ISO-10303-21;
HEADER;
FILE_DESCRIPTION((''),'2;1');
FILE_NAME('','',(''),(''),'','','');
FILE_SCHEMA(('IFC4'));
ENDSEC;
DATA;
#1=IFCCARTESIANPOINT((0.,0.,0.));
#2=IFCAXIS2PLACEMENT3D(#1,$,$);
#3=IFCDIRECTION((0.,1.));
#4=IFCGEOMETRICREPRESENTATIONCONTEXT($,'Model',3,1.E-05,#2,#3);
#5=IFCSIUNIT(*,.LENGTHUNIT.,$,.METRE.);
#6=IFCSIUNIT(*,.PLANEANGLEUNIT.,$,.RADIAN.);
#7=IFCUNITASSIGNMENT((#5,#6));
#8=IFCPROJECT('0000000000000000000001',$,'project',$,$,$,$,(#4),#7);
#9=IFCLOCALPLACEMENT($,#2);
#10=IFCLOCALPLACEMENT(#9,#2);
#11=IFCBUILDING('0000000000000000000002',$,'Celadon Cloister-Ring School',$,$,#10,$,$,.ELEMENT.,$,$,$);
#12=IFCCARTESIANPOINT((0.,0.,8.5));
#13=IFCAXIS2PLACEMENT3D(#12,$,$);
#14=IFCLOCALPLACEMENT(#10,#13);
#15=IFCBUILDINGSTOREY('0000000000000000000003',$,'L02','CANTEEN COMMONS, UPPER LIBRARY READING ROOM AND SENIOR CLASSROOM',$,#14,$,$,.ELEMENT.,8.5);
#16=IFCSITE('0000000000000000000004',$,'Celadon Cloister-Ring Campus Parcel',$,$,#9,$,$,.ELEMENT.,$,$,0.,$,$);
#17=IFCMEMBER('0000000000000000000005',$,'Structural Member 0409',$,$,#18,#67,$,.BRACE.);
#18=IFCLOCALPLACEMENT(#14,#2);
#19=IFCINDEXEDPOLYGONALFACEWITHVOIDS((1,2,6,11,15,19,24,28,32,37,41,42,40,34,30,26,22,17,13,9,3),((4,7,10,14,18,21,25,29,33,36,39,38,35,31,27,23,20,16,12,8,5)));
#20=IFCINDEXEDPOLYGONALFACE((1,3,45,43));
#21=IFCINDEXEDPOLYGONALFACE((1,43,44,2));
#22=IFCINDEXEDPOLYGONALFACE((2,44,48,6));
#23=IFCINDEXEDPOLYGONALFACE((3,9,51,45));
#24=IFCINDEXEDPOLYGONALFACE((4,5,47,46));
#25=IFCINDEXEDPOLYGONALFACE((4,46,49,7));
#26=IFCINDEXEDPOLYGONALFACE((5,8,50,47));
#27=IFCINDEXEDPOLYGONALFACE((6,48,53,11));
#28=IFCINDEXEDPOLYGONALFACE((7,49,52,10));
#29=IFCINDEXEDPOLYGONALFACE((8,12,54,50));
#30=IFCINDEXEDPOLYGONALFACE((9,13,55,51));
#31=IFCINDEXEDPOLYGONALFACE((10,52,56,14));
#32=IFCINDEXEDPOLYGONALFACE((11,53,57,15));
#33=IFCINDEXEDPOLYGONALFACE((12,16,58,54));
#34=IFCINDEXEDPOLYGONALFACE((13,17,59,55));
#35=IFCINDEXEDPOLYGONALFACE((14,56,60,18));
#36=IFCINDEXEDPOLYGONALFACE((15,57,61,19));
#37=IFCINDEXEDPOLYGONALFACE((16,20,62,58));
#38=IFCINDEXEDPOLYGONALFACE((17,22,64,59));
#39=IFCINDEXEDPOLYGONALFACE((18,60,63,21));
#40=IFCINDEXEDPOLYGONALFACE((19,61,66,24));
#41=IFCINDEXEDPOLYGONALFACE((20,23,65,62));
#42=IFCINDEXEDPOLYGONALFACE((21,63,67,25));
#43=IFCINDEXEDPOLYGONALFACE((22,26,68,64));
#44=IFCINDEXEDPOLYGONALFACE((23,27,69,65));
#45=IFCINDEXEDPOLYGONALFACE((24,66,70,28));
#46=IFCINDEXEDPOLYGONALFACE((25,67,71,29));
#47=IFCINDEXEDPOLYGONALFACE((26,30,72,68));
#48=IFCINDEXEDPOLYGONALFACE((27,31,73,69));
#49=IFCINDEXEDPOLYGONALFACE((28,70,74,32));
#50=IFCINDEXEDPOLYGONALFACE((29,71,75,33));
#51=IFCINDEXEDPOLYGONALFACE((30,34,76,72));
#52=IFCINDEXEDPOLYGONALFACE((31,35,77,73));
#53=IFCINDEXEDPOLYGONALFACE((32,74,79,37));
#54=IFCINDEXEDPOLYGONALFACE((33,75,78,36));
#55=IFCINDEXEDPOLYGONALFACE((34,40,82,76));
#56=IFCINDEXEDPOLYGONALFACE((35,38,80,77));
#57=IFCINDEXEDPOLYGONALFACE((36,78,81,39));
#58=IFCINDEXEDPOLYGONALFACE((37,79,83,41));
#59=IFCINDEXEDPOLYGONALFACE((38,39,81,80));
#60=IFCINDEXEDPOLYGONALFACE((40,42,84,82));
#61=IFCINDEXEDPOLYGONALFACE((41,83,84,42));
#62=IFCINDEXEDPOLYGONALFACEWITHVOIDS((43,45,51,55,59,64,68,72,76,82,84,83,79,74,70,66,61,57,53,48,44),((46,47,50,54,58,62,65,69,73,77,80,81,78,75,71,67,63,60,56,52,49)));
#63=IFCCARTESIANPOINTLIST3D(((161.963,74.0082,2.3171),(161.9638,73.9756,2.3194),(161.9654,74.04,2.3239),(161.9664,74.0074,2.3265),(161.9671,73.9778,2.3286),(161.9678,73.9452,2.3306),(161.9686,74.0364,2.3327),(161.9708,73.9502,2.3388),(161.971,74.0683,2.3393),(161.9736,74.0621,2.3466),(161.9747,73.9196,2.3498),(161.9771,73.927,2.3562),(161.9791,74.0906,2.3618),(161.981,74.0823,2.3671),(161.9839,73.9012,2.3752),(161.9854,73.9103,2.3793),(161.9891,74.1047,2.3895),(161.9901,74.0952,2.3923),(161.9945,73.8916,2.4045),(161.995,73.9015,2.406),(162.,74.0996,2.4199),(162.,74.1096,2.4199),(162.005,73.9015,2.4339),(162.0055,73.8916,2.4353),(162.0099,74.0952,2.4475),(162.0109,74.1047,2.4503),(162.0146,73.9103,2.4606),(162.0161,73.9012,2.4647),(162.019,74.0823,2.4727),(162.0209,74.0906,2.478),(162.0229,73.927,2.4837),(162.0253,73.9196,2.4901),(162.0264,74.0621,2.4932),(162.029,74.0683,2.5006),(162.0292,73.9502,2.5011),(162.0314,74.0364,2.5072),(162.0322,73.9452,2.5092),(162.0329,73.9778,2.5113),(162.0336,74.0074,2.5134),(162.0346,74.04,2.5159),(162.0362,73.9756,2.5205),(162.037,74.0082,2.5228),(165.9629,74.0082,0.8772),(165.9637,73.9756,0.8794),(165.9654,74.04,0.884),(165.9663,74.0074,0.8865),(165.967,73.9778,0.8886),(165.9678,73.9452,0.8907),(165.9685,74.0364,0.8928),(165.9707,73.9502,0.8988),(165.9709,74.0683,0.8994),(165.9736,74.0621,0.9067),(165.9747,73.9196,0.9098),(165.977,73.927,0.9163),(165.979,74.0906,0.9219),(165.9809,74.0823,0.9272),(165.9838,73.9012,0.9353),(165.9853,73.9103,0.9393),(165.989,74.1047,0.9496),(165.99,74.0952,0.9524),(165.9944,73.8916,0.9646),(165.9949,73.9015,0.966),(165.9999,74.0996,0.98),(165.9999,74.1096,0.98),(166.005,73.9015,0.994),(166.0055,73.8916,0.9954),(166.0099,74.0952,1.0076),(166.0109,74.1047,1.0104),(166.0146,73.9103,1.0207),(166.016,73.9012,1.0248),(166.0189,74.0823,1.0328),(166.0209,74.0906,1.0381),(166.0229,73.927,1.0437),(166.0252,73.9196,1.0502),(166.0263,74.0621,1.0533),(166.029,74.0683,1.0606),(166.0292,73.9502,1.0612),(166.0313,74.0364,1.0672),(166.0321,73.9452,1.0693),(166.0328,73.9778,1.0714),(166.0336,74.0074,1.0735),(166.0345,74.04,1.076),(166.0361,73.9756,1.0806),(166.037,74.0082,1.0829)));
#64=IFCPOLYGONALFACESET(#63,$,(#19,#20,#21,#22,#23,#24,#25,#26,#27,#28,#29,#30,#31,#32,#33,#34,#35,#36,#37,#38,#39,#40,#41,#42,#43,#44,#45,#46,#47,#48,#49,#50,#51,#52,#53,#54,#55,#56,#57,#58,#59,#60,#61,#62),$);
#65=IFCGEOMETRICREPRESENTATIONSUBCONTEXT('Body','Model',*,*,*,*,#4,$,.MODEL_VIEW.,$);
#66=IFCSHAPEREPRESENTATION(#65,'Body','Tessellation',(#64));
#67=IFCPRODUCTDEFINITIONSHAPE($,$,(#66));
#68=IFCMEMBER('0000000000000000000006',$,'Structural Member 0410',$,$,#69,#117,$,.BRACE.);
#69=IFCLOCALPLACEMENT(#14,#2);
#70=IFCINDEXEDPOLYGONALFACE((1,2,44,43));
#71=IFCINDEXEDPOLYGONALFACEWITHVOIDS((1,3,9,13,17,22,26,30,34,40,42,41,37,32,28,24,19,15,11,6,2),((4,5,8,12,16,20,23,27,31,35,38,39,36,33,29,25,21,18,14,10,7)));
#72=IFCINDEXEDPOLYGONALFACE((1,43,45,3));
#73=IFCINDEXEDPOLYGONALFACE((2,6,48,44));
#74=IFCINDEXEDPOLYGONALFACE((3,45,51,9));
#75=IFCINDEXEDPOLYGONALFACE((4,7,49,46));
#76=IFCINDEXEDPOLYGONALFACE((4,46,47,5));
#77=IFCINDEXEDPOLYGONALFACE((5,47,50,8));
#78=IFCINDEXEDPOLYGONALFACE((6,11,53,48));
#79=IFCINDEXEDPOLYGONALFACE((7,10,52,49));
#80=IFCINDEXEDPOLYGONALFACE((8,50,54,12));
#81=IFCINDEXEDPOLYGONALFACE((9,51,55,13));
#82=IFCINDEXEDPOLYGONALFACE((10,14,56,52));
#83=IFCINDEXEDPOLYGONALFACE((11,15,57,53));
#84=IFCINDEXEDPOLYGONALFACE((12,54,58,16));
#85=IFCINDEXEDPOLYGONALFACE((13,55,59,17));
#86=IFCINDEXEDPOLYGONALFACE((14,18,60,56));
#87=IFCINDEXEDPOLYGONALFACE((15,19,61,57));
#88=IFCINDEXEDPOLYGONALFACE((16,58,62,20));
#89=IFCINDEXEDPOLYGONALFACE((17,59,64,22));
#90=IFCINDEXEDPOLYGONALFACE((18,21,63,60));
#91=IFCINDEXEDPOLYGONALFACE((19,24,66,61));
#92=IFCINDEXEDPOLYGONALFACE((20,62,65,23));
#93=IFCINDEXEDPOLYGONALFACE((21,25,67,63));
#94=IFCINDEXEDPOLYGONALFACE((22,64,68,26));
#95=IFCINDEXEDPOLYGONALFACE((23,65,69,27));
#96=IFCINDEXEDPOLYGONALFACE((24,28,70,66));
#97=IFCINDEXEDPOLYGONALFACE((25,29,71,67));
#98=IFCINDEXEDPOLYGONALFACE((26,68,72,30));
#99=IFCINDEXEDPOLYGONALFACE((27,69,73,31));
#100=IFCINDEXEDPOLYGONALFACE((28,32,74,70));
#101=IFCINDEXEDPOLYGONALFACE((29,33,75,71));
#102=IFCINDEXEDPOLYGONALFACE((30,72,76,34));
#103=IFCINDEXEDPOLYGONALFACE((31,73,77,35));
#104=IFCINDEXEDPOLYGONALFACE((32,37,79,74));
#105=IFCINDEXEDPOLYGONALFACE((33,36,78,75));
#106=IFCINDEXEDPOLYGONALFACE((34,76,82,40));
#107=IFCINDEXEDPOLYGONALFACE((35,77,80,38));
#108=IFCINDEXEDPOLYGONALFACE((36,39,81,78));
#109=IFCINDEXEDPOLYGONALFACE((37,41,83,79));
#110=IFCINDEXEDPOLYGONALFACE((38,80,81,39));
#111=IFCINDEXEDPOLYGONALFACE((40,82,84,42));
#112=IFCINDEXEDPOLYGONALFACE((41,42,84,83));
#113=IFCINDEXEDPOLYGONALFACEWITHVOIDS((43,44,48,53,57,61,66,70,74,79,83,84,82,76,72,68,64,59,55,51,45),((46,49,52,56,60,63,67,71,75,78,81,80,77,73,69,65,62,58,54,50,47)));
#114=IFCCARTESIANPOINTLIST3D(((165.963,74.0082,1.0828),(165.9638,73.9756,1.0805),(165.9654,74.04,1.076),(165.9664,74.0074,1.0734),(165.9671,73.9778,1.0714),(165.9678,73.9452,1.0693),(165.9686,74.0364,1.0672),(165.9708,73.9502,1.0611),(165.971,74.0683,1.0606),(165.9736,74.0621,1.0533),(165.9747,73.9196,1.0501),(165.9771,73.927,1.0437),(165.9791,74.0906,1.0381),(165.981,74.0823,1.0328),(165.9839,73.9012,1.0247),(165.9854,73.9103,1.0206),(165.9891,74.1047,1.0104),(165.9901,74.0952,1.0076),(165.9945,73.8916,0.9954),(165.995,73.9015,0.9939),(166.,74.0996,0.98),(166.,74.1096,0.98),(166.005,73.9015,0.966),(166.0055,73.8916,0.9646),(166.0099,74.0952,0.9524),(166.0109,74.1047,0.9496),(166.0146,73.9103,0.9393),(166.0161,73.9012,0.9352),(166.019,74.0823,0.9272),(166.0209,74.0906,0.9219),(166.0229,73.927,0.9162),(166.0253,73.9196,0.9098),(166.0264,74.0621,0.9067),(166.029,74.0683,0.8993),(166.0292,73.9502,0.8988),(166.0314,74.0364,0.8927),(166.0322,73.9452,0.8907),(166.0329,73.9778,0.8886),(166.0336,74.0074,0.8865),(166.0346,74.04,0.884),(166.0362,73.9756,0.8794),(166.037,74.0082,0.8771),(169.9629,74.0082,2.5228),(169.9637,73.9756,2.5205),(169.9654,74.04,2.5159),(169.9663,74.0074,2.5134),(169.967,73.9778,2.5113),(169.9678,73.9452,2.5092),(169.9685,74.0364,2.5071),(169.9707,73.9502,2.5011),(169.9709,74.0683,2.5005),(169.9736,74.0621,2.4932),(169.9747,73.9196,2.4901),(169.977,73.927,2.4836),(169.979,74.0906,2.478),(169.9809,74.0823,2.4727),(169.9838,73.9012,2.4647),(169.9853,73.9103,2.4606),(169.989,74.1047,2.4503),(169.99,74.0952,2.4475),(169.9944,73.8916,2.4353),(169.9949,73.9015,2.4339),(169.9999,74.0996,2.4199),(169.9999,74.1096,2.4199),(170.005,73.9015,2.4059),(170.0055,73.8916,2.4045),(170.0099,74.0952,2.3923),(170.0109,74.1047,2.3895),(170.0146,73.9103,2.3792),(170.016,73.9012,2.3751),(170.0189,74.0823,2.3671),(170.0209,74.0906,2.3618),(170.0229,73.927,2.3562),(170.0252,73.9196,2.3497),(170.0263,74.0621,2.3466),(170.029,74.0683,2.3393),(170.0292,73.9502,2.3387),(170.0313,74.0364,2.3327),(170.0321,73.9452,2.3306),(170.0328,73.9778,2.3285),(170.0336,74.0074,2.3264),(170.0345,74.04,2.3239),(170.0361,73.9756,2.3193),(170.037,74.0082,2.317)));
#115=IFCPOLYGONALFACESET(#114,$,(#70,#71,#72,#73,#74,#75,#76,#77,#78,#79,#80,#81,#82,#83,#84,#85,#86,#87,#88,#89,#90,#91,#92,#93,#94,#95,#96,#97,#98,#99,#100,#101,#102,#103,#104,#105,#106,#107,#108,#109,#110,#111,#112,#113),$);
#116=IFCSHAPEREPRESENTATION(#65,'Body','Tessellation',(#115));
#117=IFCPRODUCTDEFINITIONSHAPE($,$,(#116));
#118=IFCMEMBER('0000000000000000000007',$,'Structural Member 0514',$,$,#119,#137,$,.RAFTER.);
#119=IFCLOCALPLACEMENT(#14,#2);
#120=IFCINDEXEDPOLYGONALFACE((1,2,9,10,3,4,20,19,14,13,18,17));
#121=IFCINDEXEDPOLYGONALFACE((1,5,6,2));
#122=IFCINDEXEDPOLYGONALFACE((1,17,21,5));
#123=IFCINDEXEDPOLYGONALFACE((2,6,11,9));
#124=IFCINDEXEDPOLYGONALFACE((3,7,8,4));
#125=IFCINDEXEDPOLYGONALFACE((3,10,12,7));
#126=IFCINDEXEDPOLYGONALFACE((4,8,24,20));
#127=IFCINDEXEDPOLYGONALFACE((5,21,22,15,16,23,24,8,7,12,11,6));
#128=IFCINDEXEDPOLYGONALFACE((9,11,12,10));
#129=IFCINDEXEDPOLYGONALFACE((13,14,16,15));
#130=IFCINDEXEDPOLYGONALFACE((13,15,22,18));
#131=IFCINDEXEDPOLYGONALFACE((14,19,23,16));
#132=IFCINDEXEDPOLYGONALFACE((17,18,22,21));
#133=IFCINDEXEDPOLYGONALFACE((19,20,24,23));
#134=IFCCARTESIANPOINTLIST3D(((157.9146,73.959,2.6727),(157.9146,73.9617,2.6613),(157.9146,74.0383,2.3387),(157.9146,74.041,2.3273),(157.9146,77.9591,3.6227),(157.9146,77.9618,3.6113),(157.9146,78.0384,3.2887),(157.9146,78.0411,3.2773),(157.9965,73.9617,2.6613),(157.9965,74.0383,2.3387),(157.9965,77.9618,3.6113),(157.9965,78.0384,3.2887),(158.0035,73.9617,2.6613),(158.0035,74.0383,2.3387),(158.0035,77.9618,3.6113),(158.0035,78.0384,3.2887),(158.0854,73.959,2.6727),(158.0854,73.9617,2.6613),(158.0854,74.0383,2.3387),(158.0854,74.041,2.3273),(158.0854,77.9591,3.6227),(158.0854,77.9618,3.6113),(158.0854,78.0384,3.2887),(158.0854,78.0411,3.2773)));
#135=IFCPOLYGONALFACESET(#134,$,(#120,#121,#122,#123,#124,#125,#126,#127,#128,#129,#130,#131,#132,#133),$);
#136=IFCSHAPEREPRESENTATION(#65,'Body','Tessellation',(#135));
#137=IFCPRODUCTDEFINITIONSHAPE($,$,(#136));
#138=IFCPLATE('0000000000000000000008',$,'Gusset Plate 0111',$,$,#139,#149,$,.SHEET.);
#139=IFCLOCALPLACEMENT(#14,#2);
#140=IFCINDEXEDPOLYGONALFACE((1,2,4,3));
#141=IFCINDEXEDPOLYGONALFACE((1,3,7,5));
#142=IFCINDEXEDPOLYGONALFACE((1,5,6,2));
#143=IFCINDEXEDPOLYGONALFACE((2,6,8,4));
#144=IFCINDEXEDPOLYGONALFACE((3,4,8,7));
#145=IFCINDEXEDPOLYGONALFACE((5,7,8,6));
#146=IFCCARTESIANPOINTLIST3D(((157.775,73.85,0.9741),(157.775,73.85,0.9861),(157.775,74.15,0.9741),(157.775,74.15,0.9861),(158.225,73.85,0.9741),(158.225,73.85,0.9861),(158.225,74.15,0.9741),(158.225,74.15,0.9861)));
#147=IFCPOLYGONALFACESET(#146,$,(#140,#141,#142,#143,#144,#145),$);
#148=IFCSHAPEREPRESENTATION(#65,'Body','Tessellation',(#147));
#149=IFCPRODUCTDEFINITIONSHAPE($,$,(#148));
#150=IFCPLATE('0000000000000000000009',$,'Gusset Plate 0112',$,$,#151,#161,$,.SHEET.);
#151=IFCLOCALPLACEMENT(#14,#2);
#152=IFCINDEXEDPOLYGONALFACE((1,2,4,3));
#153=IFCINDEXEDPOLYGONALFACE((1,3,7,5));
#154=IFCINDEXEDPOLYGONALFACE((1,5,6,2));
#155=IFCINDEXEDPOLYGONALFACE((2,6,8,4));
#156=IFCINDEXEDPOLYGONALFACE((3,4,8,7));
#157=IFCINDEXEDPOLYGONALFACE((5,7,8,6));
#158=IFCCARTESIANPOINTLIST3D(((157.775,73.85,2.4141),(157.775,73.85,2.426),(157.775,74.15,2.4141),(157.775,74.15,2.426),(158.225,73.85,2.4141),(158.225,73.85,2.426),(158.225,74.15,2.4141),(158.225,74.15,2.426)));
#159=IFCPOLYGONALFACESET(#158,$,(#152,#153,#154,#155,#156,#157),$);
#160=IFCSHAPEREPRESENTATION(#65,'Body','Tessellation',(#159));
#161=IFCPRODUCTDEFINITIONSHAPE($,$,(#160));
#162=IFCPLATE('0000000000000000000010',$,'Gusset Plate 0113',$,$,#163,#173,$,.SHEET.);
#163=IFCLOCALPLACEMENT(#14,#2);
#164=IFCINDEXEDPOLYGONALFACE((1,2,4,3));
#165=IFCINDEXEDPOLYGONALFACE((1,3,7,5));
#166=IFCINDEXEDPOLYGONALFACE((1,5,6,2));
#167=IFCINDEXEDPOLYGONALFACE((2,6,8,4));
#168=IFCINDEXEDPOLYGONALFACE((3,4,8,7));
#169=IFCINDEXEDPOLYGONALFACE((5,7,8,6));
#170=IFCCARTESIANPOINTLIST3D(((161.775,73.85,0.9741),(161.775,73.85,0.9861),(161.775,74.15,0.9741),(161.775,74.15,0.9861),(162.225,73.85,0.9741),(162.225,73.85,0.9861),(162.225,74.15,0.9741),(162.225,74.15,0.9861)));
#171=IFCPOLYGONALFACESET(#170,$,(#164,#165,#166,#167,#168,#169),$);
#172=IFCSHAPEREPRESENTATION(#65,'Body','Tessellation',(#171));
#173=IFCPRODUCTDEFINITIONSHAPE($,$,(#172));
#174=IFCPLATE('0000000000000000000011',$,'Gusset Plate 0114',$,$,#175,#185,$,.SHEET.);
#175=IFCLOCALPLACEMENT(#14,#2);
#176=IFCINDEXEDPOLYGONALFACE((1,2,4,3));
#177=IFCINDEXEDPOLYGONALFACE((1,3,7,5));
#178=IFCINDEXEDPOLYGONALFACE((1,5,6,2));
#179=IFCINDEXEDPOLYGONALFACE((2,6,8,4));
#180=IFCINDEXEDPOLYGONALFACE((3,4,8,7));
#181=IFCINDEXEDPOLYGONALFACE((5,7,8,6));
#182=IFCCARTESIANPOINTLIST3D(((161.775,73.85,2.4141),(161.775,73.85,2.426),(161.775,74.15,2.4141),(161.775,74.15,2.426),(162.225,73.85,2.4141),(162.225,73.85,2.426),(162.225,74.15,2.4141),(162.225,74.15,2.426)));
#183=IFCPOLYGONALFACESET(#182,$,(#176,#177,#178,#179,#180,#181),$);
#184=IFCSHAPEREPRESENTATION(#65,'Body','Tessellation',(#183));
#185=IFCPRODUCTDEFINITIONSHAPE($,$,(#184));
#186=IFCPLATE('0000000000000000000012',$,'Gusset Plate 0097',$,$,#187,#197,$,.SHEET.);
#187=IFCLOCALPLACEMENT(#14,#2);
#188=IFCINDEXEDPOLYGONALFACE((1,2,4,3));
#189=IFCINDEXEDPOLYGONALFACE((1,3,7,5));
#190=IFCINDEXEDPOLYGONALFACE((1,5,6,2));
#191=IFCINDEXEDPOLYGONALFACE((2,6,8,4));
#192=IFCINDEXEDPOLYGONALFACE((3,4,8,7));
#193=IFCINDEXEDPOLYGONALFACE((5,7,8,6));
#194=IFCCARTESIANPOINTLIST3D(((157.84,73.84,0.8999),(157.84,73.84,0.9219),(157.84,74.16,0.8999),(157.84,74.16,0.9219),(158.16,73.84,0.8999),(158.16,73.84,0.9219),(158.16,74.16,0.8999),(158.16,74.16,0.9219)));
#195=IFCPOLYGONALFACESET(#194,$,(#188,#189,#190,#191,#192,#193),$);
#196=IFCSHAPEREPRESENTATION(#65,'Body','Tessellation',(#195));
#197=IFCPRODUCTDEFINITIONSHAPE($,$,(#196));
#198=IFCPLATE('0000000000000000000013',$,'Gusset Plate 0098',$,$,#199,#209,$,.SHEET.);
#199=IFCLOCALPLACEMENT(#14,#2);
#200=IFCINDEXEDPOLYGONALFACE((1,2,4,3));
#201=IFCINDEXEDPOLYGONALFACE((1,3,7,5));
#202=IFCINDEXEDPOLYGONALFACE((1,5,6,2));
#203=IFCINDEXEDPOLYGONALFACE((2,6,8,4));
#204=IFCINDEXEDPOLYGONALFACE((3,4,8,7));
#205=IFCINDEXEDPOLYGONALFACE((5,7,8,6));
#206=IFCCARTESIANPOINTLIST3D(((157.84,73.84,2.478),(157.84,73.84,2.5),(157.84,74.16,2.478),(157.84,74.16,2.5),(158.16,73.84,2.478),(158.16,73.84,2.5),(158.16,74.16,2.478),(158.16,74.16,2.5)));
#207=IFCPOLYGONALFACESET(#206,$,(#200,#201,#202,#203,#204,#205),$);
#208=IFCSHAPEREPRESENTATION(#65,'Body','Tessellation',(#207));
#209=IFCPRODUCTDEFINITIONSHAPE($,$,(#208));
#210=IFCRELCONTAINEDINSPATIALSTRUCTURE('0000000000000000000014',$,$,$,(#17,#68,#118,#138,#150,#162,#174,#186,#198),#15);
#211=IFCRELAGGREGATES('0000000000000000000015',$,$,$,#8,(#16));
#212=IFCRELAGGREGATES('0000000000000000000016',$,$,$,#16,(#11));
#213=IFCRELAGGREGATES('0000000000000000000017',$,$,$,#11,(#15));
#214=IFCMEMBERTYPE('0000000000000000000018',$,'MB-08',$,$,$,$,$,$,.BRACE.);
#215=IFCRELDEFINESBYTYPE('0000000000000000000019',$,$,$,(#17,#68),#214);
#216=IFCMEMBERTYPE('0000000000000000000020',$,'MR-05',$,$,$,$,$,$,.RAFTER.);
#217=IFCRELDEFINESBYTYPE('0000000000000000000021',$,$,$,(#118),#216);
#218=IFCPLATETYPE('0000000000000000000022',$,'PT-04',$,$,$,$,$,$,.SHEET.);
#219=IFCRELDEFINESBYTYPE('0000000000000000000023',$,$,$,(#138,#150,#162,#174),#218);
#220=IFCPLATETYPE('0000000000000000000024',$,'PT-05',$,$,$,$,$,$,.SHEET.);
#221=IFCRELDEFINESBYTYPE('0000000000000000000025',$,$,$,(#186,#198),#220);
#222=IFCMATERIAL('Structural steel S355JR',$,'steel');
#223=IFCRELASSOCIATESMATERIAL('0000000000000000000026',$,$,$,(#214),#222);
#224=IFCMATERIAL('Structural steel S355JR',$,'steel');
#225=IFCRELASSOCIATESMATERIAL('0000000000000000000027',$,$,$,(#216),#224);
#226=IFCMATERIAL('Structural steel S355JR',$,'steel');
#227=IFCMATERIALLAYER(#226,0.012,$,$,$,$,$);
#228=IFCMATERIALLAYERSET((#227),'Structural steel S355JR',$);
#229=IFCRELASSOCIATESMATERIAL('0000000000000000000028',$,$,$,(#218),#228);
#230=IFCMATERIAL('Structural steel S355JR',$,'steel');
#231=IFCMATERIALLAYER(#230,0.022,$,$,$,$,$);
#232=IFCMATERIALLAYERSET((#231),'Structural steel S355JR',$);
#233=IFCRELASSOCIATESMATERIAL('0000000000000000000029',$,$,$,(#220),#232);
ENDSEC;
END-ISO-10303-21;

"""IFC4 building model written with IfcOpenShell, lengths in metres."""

from ifc_helpers import new_model, si_unit, direction, frame, origin, origin_2d, place, context, subcontext, project, spatial, rectangle, hollow_circle, i_section, extrude, material, layer, layer_set, material_profile, profile_set, type_object, element, save


model = new_model("IFC4")

# Units and contexts
model_context = context("Model", 3, precision=1e-05, world=origin(), true_north=direction((0.0, 1.0)))
body_context = subcontext(model_context, "Body", "Model", "MODEL_VIEW")
ifc_project = project(units=[si_unit("LENGTHUNIT", "METRE"), si_unit("PLANEANGLEUNIT", "RADIAN")], contexts=[model_context])

# Site, building, storey
site_placement = place(None, origin())
site = spatial("IfcSite", under=ifc_project, at=site_placement, Name="Celadon Cloister-Ring Campus Parcel", CompositionType="ELEMENT", RefElevation=0.0)
building_placement = place(site_placement, origin())
building = spatial("IfcBuilding", under=site, at=building_placement, Name="Celadon Cloister-Ring School", CompositionType="ELEMENT")
storey_placement = place(building_placement, frame((0.0, 0.0, 8.5)))
storey = spatial("IfcBuildingStorey", under=building, at=storey_placement, Name="L02", Description="CANTEEN COMMONS, UPPER LIBRARY READING ROOM AND SENIOR CLASSROOM", CompositionType="ELEMENT", Elevation=8.5)

# Members
ifc_material_1 = material(Name="Structural steel S355JR", Category="steel")
ifc_material_profile_1 = material_profile(ifc_material_1, hollow_circle(Radius=0.1096, WallThickness=0.01, at=origin_2d()), Name="CHS219.1X10")
ifc_profile_set_1 = profile_set([ifc_material_profile_1], Name="Structural steel S355JR")
member_type_1 = type_object("IfcMemberType", Name="MB-08", PredefinedType="BRACE", material=ifc_profile_set_1)
for number, where, z_axis, x_axis, name in (
    (1, (162.0, 74.0, 2.4199), (0.940892, 0.0, -0.338707), (0.0, 1.0, 0.0), "Structural Member 0409"),
    (2, (166.0, 74.0, 0.98), (0.940892, 0.0, 0.338707), (0.0, 1.0, 0.0), "Structural Member 0410"),
):
    element("IfcMember", number, at=place(storey_placement, frame(where, z_axis=z_axis, x_axis=x_axis)), inside=storey, type_object=member_type_1, Name=name, PredefinedType="BRACE", context=body_context, shape_type="SweptSolid", body=[
        extrude(hollow_circle(Radius=0.1096, WallThickness=0.01, at=origin_2d()), origin(), (0.0, 0.0, 1.0), 4.2512),
    ])
ifc_material_2 = material(Name="Structural steel S355JR", Category="steel")
ifc_material_profile_2 = material_profile(ifc_material_2, i_section(OverallWidth=0.1709, OverallDepth=0.355, WebThickness=0.0071, FlangeThickness=0.0117, at=origin_2d()), Name="W360X51")
ifc_profile_set_2 = profile_set([ifc_material_profile_2], Name="Structural steel S355JR")
member_type_2 = type_object("IfcMemberType", Name="MR-05", PredefinedType="RAFTER", material=ifc_profile_set_2)
member_1_placement = place(storey_placement, frame((158.0, 74.0, 2.5), z_axis=(0.0, 0.972939, 0.231061), x_axis=(-1.0, 0.0, 0.0)))
element("IfcMember", 3, at=member_1_placement, inside=storey, type_object=member_type_2, Name="Structural Member 0514", PredefinedType="RAFTER", context=body_context, shape_type="SweptSolid", body=[
    extrude(i_section(OverallWidth=0.1709, OverallDepth=0.355, WebThickness=0.0071, FlangeThickness=0.0117, at=origin_2d()), origin(), (0.0, 0.0, 1.0), 4.1113),
])

# Plates
ifc_material_3 = material(Name="Structural steel S355JR", Category="steel")
ifc_layer_1 = layer(ifc_material_3, 0.012)
ifc_layer_set_1 = layer_set([ifc_layer_1], Name="Structural steel S355JR")
plate_type_1 = type_object("IfcPlateType", Name="PT-04", PredefinedType="SHEET", material=ifc_layer_set_1)
for number, where, z_axis, x_axis, name in (
    (4, (158.0, 74.0, 0.9741), (0.0, 0.0, 1.0), (1.0, 0.0, 0.0), "Gusset Plate 0111"),
    (5, (158.0, 74.0, 2.4141), (0.0, 0.0, 1.0), (1.0, 0.0, 0.0), "Gusset Plate 0112"),
    (6, (162.0, 74.0, 0.9741), (0.0, 0.0, 1.0), (1.0, 0.0, 0.0), "Gusset Plate 0113"),
    (7, (162.0, 74.0, 2.4141), (0.0, 0.0, 1.0), (1.0, 0.0, 0.0), "Gusset Plate 0114"),
):
    element("IfcPlate", number, at=place(storey_placement, frame(where, z_axis=z_axis, x_axis=x_axis)), inside=storey, type_object=plate_type_1, Name=name, PredefinedType="SHEET", context=body_context, shape_type="SweptSolid", body=[
        extrude(rectangle(XDim=0.45, YDim=0.3, at=origin_2d()), origin(), (0.0, 0.0, 1.0), 0.012),
    ])
ifc_material_4 = material(Name="Structural steel S355JR", Category="steel")
ifc_layer_2 = layer(ifc_material_4, 0.022)
ifc_layer_set_2 = layer_set([ifc_layer_2], Name="Structural steel S355JR")
plate_type_2 = type_object("IfcPlateType", Name="PT-05", PredefinedType="SHEET", material=ifc_layer_set_2)
for number, where, z_axis, x_axis, name in (
    (8, (158.0, 74.0, 0.8999), (0.0, 0.0, 1.0), (1.0, 0.0, 0.0), "Gusset Plate 0097"),
    (9, (158.0, 74.0, 2.478), (0.0, 0.0, 1.0), (1.0, 0.0, 0.0), "Gusset Plate 0098"),
):
    element("IfcPlate", number, at=place(storey_placement, frame(where, z_axis=z_axis, x_axis=x_axis)), inside=storey, type_object=plate_type_2, Name=name, PredefinedType="SHEET", context=body_context, shape_type="SweptSolid", body=[
        extrude(rectangle(XDim=0.3201, YDim=0.3201, at=origin_2d()), origin(), (0.0, 0.0, 1.0), 0.022),
    ])

save(model, "model.ifc")
